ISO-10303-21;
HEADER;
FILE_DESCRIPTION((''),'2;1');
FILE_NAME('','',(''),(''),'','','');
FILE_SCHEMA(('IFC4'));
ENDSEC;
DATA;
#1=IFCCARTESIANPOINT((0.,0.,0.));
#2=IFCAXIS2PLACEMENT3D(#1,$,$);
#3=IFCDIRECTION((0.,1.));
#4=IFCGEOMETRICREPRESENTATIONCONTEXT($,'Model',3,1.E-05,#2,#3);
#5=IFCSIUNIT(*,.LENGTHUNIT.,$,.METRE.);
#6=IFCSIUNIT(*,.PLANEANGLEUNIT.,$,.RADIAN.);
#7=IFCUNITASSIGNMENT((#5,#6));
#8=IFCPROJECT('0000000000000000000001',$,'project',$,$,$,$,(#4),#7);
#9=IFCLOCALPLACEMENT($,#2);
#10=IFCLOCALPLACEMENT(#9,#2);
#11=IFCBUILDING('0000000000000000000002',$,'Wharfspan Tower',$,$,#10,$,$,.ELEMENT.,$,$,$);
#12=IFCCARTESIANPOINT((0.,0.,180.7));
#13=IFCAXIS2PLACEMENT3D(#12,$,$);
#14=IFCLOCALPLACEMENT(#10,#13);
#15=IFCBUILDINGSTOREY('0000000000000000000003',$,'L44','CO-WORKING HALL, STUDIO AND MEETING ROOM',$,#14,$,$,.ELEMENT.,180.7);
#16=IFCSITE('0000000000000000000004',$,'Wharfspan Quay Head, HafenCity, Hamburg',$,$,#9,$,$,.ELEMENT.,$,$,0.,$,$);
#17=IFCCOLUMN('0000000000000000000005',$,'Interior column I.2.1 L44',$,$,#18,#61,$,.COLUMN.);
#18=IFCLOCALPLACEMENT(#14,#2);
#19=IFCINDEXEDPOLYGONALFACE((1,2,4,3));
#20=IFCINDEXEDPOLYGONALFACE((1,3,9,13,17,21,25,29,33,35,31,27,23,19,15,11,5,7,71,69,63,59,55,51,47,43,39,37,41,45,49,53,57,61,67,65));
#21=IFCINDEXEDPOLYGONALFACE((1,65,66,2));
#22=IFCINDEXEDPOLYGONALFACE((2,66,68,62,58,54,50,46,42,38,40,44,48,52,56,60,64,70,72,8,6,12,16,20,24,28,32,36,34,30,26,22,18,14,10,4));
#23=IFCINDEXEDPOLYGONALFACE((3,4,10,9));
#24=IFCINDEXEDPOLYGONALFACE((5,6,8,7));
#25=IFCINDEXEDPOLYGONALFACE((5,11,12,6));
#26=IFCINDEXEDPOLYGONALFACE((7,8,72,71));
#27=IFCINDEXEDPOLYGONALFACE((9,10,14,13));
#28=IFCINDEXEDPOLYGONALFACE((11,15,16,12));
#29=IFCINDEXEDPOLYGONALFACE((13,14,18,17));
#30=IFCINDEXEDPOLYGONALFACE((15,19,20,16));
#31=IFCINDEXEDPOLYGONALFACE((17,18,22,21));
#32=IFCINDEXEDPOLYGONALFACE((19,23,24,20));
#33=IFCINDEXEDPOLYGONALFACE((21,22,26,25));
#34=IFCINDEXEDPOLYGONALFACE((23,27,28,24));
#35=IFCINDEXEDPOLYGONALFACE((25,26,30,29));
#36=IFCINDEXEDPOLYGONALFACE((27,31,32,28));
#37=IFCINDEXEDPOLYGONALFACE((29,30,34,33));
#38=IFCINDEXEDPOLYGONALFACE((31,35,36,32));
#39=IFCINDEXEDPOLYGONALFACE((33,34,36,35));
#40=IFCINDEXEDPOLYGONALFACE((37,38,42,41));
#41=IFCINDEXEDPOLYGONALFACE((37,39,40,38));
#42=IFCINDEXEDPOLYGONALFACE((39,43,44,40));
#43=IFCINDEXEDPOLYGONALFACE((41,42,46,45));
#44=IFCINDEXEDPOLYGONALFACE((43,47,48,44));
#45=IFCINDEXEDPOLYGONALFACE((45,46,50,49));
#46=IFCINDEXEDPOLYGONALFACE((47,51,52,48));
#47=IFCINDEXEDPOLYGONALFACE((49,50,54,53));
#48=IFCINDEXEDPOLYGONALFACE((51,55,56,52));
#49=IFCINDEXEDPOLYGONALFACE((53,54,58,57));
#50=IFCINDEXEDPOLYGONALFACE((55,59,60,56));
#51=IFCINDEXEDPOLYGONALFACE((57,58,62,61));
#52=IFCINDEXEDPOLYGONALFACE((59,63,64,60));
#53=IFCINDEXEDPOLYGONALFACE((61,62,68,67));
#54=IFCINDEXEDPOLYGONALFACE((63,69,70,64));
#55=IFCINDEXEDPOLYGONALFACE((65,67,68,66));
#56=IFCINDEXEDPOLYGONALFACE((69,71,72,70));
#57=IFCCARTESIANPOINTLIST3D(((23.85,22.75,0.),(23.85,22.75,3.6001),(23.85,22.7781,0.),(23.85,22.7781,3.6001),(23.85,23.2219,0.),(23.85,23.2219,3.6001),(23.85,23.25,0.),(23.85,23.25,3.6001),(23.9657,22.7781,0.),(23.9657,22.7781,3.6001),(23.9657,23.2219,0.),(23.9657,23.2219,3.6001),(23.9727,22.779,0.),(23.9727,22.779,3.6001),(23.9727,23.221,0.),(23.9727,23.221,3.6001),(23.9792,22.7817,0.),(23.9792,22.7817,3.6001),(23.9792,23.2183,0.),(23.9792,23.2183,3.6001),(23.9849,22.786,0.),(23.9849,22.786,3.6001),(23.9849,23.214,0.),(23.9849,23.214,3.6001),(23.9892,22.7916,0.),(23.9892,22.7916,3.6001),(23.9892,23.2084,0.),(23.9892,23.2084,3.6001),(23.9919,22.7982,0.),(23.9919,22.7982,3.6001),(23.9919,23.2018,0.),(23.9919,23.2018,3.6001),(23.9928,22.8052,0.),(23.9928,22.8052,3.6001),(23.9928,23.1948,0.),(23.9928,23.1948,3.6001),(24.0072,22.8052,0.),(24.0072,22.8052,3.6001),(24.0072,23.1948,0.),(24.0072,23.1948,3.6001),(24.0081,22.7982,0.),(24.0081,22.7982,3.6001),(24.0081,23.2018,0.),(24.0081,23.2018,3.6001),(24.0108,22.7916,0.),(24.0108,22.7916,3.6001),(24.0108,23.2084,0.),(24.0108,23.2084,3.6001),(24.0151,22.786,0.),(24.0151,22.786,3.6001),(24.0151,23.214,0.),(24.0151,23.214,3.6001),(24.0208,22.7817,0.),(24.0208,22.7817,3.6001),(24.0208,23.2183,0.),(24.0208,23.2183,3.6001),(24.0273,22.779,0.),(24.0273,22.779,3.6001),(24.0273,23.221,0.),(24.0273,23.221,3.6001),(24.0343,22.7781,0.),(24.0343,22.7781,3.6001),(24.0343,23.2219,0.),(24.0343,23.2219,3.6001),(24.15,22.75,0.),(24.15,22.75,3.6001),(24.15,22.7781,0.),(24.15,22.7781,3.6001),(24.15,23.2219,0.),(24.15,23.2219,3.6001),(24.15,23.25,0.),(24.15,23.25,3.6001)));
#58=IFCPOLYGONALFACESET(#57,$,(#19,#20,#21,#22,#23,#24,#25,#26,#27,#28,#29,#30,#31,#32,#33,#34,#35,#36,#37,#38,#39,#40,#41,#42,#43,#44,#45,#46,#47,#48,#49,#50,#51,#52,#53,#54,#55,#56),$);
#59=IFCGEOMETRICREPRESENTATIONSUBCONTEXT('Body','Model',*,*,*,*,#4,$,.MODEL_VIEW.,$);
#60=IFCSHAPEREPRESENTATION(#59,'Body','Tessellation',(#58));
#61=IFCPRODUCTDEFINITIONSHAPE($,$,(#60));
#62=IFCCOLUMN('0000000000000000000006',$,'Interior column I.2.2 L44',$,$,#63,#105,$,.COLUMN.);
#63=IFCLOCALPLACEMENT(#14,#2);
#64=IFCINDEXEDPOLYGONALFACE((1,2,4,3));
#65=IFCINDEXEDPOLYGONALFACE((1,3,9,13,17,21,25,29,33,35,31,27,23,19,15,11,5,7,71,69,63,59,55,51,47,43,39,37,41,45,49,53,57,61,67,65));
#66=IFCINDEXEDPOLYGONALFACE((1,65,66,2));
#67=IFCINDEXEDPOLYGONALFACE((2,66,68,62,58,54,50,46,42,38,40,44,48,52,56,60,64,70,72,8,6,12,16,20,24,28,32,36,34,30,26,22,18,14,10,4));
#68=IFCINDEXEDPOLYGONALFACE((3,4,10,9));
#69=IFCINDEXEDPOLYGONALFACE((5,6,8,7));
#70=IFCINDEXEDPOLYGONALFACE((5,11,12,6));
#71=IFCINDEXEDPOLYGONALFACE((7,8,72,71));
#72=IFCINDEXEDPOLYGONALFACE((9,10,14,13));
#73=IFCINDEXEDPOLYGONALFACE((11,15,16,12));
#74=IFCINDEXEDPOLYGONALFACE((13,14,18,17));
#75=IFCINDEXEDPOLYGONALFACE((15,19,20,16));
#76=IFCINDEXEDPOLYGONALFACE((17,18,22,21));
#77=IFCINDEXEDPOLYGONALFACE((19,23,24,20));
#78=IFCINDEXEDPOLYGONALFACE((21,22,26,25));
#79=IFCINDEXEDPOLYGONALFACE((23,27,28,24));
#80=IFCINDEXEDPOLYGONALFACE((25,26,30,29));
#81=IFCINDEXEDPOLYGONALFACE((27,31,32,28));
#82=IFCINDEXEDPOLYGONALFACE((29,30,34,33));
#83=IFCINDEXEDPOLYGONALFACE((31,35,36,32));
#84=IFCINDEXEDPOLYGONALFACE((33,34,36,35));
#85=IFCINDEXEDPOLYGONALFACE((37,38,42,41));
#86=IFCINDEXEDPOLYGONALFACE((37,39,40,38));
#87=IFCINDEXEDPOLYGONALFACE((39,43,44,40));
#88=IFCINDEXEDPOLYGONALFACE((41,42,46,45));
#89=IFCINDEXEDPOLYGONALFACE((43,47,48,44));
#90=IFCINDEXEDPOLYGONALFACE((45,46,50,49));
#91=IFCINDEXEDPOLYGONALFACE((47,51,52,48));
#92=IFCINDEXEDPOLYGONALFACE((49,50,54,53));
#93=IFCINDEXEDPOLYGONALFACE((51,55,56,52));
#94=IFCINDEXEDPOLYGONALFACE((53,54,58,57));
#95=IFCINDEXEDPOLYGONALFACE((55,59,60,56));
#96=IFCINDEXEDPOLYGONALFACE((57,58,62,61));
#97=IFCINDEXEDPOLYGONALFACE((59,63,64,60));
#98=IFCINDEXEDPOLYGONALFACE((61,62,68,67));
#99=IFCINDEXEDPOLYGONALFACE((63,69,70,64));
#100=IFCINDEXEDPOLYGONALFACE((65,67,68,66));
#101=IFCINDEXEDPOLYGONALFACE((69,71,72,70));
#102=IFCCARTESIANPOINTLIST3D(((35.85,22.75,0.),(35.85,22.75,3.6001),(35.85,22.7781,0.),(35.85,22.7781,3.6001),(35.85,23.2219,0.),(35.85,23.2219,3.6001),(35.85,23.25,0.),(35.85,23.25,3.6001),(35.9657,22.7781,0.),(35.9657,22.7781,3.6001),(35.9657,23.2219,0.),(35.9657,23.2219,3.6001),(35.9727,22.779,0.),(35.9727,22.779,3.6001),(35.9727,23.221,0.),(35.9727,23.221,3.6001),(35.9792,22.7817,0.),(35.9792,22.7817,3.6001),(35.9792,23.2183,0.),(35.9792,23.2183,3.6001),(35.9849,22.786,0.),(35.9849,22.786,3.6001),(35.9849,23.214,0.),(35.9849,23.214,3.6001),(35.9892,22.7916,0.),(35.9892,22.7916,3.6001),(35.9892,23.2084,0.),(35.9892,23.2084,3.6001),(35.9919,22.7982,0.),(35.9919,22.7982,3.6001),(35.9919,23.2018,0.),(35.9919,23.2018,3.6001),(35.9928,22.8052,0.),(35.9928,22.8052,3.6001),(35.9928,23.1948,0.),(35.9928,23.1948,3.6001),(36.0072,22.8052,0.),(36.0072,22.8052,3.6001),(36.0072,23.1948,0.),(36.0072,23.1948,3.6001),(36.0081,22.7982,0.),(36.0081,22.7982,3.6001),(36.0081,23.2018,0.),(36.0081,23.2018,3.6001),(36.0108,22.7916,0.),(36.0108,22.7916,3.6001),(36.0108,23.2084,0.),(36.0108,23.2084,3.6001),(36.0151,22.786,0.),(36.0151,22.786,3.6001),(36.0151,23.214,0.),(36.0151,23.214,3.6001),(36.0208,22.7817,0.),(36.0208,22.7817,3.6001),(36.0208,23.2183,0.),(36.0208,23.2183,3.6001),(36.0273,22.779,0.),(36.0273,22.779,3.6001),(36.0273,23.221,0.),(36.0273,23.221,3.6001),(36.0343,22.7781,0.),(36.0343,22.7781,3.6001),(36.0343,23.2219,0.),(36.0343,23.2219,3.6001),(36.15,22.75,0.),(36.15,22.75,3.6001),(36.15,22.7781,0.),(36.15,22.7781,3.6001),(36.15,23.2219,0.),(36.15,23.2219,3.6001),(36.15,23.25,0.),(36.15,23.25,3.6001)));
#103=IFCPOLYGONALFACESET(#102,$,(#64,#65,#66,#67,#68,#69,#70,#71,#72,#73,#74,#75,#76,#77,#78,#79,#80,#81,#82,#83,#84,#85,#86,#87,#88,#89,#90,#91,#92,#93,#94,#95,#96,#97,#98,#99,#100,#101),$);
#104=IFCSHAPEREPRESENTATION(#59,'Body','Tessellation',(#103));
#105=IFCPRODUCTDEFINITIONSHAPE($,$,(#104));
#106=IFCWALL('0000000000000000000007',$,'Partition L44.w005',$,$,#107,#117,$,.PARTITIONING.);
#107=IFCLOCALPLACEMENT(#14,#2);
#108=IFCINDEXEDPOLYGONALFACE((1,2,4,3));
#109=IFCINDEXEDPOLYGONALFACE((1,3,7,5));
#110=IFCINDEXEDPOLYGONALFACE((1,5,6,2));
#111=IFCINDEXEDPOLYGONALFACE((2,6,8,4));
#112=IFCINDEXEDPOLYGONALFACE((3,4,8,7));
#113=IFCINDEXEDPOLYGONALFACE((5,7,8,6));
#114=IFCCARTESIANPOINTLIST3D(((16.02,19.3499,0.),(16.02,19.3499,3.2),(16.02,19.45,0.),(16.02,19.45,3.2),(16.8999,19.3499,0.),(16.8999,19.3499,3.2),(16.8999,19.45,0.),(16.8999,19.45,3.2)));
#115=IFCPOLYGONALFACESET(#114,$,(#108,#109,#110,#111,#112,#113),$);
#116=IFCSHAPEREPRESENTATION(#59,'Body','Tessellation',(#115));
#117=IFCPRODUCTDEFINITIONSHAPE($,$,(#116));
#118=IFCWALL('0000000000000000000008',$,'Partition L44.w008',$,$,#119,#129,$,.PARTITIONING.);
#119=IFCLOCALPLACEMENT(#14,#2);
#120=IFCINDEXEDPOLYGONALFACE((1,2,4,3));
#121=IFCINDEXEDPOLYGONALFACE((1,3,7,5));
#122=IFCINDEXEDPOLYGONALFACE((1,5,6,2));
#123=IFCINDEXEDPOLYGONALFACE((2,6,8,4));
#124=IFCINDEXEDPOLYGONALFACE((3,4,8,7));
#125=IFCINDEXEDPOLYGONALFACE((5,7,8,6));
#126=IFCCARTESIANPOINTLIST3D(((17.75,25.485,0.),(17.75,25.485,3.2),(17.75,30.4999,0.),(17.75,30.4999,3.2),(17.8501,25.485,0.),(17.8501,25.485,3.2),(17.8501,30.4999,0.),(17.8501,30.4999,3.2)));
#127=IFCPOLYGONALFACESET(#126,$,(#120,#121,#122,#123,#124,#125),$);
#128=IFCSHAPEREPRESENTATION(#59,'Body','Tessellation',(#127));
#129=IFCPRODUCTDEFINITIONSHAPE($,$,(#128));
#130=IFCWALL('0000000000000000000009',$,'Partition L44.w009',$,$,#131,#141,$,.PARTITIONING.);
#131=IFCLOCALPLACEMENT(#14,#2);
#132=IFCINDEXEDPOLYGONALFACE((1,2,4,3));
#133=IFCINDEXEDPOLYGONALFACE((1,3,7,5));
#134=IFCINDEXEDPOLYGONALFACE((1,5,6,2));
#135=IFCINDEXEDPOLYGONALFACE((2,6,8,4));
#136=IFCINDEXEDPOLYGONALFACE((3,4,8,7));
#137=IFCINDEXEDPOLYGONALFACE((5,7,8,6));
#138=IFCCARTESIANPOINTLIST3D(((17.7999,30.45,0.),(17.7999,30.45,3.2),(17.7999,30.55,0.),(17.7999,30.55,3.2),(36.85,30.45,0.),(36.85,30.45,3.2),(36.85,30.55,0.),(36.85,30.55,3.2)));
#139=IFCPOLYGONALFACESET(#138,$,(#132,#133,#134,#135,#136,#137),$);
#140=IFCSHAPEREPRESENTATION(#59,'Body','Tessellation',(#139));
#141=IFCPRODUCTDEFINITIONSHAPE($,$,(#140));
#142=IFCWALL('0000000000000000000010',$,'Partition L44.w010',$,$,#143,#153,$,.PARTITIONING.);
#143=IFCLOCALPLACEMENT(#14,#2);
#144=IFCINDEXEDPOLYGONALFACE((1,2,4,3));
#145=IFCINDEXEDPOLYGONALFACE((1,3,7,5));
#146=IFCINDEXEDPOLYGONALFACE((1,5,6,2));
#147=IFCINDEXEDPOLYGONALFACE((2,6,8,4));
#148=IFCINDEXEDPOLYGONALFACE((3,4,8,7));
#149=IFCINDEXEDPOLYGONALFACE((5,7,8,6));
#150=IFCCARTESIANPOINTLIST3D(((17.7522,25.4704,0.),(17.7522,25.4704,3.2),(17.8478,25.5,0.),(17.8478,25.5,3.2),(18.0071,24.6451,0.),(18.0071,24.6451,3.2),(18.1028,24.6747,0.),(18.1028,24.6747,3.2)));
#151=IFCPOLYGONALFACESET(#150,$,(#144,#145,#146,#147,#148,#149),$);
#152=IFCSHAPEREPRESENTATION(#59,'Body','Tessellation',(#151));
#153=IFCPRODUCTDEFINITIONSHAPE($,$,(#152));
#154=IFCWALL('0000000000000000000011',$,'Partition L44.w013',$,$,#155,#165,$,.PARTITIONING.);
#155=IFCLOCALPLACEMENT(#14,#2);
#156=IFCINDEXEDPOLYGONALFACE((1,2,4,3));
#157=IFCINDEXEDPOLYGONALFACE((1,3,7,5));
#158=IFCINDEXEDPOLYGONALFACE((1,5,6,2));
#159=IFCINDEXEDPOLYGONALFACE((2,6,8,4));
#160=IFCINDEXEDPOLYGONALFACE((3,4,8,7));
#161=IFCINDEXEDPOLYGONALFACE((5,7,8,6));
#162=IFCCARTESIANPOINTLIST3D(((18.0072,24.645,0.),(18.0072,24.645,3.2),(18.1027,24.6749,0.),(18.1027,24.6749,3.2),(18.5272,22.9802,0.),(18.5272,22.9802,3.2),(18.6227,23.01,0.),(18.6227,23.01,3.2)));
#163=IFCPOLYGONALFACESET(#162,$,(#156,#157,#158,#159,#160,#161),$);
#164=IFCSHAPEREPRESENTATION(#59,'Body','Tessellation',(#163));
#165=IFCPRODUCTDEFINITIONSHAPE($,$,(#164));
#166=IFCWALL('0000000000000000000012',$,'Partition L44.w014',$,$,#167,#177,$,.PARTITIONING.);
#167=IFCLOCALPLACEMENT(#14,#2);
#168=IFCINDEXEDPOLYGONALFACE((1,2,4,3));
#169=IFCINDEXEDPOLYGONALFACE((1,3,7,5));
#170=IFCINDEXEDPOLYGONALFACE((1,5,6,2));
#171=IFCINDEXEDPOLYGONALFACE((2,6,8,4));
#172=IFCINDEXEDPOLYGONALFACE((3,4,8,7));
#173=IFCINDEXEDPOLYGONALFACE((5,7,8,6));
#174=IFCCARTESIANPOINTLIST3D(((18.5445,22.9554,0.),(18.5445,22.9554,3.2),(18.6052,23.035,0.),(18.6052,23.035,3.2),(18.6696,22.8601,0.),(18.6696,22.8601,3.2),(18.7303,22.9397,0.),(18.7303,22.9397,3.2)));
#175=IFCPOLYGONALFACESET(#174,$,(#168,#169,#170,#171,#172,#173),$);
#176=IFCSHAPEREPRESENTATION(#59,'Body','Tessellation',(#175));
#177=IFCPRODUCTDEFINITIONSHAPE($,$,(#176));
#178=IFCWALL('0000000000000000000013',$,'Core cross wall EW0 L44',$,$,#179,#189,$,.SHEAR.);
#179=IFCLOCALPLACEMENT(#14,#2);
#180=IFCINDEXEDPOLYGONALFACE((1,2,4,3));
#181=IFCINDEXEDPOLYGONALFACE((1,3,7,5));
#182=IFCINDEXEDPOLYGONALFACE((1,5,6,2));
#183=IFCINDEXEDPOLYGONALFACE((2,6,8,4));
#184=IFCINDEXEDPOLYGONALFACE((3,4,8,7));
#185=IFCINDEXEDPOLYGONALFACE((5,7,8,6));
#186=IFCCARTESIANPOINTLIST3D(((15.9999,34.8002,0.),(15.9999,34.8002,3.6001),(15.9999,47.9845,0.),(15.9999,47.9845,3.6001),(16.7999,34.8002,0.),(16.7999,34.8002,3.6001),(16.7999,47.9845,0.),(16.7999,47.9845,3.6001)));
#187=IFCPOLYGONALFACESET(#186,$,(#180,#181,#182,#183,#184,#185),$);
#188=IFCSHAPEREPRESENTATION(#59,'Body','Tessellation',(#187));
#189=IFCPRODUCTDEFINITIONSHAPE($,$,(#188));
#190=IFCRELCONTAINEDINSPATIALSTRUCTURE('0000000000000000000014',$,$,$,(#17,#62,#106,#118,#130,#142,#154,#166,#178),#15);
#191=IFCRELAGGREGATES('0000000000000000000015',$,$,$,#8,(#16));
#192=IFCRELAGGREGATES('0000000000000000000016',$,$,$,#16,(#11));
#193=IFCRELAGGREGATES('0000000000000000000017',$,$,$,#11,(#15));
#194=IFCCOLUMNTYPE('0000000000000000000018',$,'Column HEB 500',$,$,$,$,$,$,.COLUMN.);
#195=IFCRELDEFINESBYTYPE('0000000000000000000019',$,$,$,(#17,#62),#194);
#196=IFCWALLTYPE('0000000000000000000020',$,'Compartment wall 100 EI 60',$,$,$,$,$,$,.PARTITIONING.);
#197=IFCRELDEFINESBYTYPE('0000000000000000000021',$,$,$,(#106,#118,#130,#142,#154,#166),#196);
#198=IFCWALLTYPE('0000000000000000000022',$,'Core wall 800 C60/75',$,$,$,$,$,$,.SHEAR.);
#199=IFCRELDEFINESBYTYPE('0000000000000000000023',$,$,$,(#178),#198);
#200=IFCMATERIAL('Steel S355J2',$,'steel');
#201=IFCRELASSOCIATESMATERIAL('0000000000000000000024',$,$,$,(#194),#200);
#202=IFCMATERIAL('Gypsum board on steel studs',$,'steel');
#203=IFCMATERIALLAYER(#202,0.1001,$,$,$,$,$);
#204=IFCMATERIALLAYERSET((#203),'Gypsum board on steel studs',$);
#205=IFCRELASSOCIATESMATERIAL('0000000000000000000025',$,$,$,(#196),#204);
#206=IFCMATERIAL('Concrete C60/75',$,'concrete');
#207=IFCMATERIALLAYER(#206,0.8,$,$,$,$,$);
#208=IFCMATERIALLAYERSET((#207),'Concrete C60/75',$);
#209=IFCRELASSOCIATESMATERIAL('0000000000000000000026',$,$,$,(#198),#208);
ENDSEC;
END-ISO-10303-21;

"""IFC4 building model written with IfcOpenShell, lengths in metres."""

from ifc_helpers import new_model, si_unit, direction, frame, frame_2d, origin, origin_2d, place, context, subcontext, project, spatial, rectangle, i_section, extrude, material, layer, layer_set, material_profile, profile_set, type_object, element, save


model = new_model("IFC4")

# Units and contexts
model_context = context("Model", 3, precision=1e-05, world=origin(), true_north=direction((0.0, 1.0)))
body_context = subcontext(model_context, "Body", "Model", "MODEL_VIEW")
ifc_project = project(units=[si_unit("LENGTHUNIT", "METRE"), si_unit("PLANEANGLEUNIT", "RADIAN")], contexts=[model_context])

# Site, building, storey
site_placement = place(None, origin())
site = spatial("IfcSite", under=ifc_project, at=site_placement, Name="Wharfspan Quay Head, HafenCity, Hamburg", CompositionType="ELEMENT", RefElevation=0.0)
building_placement = place(site_placement, origin())
building = spatial("IfcBuilding", under=site, at=building_placement, Name="Wharfspan Tower", CompositionType="ELEMENT")
storey_placement = place(building_placement, frame((0.0, 0.0, 180.7)))
storey = spatial("IfcBuildingStorey", under=building, at=storey_placement, Name="L44", Description="CO-WORKING HALL, STUDIO AND MEETING ROOM", CompositionType="ELEMENT", Elevation=180.7)

# Columns
ifc_material_1 = material(Name="Steel S355J2", Category="steel")
ifc_material_profile = material_profile(ifc_material_1, i_section(OverallWidth=0.3, OverallDepth=0.5, WebThickness=0.0144, FlangeThickness=0.0281, FilletRadius=0.0271, at=origin_2d()))
ifc_profile_set = profile_set([ifc_material_profile], Name="Steel S355J2")
column_type = type_object("IfcColumnType", Name="Column HEB 500", PredefinedType="COLUMN", material=ifc_profile_set)
for number, where, z_axis, x_axis, name in (
    (1, (24.0, 23.0, 0.0), (0.0, 0.0, 1.0), (1.0, 0.0, 0.0), "Interior column I.2.1 L44"),
    (2, (36.0, 23.0, 0.0), (0.0, 0.0, 1.0), (1.0, 0.0, 0.0), "Interior column I.2.2 L44"),
):
    element("IfcColumn", number, at=place(storey_placement, frame(where, z_axis=z_axis, x_axis=x_axis)), inside=storey, type_object=column_type, Name=name, PredefinedType="COLUMN", context=body_context, shape_type="SweptSolid", body=[
        extrude(i_section(OverallWidth=0.3, OverallDepth=0.5, WebThickness=0.0144, FlangeThickness=0.0281, FilletRadius=0.0271, at=origin_2d()), origin(), (0.0, 0.0, 1.0), 3.6001),
    ])

# Walls
ifc_material_2 = material(Name="Gypsum board on steel studs", Category="steel")
ifc_layer_1 = layer(ifc_material_2, 0.1001)
ifc_layer_set_1 = layer_set([ifc_layer_1], Name="Gypsum board on steel studs")
wall_type_1 = type_object("IfcWallType", Name="Compartment wall 100 EI 60", PredefinedType="PARTITIONING", material=ifc_layer_set_1)
wall_1_placement = place(storey_placement, frame((16.02, 19.3999, 0.0), z_axis=(0.0, 0.0, 1.0), x_axis=(1.0, 0.0, 0.0)))
element("IfcWall", 3, at=wall_1_placement, inside=storey, type_object=wall_type_1, Name="Partition L44.w005", PredefinedType="PARTITIONING", context=body_context, shape_type="SweptSolid", body=[
    extrude(rectangle(XDim=0.8799, YDim=0.1001, at=frame_2d((0.4399, 0.0))), origin(), (0.0, 0.0, 1.0), 3.2),
])
wall_2_placement = place(storey_placement, frame((17.8, 25.4851, 0.0), z_axis=(0.0, 0.0, 1.0), x_axis=(0.0, 1.0, 0.0)))
element("IfcWall", 4, at=wall_2_placement, inside=storey, type_object=wall_type_1, Name="Partition L44.w008", PredefinedType="PARTITIONING", context=body_context, shape_type="SweptSolid", body=[
    extrude(rectangle(XDim=5.0149, YDim=0.1001, at=frame_2d((2.5073, 0.0))), origin(), (0.0, 0.0, 1.0), 3.2),
])
wall_3_placement = place(storey_placement, frame((17.8, 30.5, 0.0), z_axis=(0.0, 0.0, 1.0), x_axis=(1.0, 0.0, 0.0)))
element("IfcWall", 5, at=wall_3_placement, inside=storey, type_object=wall_type_1, Name="Partition L44.w009", PredefinedType="PARTITIONING", context=body_context, shape_type="SweptSolid", body=[
    extrude(rectangle(XDim=19.05, YDim=0.1001, at=frame_2d((9.5249, 0.0))), origin(), (0.0, 0.0, 1.0), 3.2),
])
wall_4_placement = place(storey_placement, frame((18.0549, 24.6599, 0.0), z_axis=(0.0, 0.0, 1.0), x_axis=(-0.295119, 0.955462, 0.0)))
element("IfcWall", 6, at=wall_4_placement, inside=storey, type_object=wall_type_1, Name="Partition L44.w010", PredefinedType="PARTITIONING", context=body_context, shape_type="SweptSolid", body=[
    extrude(rectangle(XDim=0.8638, YDim=0.1001, at=frame_2d((0.4319, 0.0))), origin(), (0.0, 0.0, 1.0), 3.2),
])
wall_5_placement = place(storey_placement, frame((18.575, 22.9951, 0.0), z_axis=(0.0, 0.0, 1.0), x_axis=(-0.298155, 0.954516, 0.0)))
element("IfcWall", 7, at=wall_5_placement, inside=storey, type_object=wall_type_1, Name="Partition L44.w013", PredefinedType="PARTITIONING", context=body_context, shape_type="SweptSolid", body=[
    extrude(rectangle(XDim=1.7441, YDim=0.1001, at=frame_2d((0.8721, 0.0))), origin(), (0.0, 0.0, 1.0), 3.2),
])
wall_6_placement = place(storey_placement, frame((18.7, 22.8999, 0.0), z_axis=(0.0, 0.0, 1.0), x_axis=(-0.795501, 0.605948, 0.0)))
element("IfcWall", 8, at=wall_6_placement, inside=storey, type_object=wall_type_1, Name="Partition L44.w014", PredefinedType="PARTITIONING", context=body_context, shape_type="SweptSolid", body=[
    extrude(rectangle(XDim=0.1572, YDim=0.1001, at=frame_2d((0.0786, 0.0))), origin(), (0.0, 0.0, 1.0), 3.2),
])

# Shared definitions
ifc_material_3 = material(Name="Concrete C60/75", Category="concrete")
ifc_layer_2 = layer(ifc_material_3, 0.8)
ifc_layer_set_2 = layer_set([ifc_layer_2], Name="Concrete C60/75")
wall_type_2 = type_object("IfcWallType", Name="Core wall 800 C60/75", PredefinedType="SHEAR", material=ifc_layer_set_2)

# Wall
wall_7_placement = place(storey_placement, frame((16.3999, 34.8, 0.0), z_axis=(0.0, 0.0, 1.0), x_axis=(0.0, 1.0, 0.0)))
element("IfcWall", 9, at=wall_7_placement, inside=storey, type_object=wall_type_2, Name="Core cross wall EW0 L44", PredefinedType="SHEAR", context=body_context, shape_type="SweptSolid", body=[
    extrude(rectangle(XDim=13.1843, YDim=0.8, at=frame_2d((6.5923, 0.0))), origin(), (0.0, 0.0, 1.0), 3.6001),
])

save(model, "model.ifc")
